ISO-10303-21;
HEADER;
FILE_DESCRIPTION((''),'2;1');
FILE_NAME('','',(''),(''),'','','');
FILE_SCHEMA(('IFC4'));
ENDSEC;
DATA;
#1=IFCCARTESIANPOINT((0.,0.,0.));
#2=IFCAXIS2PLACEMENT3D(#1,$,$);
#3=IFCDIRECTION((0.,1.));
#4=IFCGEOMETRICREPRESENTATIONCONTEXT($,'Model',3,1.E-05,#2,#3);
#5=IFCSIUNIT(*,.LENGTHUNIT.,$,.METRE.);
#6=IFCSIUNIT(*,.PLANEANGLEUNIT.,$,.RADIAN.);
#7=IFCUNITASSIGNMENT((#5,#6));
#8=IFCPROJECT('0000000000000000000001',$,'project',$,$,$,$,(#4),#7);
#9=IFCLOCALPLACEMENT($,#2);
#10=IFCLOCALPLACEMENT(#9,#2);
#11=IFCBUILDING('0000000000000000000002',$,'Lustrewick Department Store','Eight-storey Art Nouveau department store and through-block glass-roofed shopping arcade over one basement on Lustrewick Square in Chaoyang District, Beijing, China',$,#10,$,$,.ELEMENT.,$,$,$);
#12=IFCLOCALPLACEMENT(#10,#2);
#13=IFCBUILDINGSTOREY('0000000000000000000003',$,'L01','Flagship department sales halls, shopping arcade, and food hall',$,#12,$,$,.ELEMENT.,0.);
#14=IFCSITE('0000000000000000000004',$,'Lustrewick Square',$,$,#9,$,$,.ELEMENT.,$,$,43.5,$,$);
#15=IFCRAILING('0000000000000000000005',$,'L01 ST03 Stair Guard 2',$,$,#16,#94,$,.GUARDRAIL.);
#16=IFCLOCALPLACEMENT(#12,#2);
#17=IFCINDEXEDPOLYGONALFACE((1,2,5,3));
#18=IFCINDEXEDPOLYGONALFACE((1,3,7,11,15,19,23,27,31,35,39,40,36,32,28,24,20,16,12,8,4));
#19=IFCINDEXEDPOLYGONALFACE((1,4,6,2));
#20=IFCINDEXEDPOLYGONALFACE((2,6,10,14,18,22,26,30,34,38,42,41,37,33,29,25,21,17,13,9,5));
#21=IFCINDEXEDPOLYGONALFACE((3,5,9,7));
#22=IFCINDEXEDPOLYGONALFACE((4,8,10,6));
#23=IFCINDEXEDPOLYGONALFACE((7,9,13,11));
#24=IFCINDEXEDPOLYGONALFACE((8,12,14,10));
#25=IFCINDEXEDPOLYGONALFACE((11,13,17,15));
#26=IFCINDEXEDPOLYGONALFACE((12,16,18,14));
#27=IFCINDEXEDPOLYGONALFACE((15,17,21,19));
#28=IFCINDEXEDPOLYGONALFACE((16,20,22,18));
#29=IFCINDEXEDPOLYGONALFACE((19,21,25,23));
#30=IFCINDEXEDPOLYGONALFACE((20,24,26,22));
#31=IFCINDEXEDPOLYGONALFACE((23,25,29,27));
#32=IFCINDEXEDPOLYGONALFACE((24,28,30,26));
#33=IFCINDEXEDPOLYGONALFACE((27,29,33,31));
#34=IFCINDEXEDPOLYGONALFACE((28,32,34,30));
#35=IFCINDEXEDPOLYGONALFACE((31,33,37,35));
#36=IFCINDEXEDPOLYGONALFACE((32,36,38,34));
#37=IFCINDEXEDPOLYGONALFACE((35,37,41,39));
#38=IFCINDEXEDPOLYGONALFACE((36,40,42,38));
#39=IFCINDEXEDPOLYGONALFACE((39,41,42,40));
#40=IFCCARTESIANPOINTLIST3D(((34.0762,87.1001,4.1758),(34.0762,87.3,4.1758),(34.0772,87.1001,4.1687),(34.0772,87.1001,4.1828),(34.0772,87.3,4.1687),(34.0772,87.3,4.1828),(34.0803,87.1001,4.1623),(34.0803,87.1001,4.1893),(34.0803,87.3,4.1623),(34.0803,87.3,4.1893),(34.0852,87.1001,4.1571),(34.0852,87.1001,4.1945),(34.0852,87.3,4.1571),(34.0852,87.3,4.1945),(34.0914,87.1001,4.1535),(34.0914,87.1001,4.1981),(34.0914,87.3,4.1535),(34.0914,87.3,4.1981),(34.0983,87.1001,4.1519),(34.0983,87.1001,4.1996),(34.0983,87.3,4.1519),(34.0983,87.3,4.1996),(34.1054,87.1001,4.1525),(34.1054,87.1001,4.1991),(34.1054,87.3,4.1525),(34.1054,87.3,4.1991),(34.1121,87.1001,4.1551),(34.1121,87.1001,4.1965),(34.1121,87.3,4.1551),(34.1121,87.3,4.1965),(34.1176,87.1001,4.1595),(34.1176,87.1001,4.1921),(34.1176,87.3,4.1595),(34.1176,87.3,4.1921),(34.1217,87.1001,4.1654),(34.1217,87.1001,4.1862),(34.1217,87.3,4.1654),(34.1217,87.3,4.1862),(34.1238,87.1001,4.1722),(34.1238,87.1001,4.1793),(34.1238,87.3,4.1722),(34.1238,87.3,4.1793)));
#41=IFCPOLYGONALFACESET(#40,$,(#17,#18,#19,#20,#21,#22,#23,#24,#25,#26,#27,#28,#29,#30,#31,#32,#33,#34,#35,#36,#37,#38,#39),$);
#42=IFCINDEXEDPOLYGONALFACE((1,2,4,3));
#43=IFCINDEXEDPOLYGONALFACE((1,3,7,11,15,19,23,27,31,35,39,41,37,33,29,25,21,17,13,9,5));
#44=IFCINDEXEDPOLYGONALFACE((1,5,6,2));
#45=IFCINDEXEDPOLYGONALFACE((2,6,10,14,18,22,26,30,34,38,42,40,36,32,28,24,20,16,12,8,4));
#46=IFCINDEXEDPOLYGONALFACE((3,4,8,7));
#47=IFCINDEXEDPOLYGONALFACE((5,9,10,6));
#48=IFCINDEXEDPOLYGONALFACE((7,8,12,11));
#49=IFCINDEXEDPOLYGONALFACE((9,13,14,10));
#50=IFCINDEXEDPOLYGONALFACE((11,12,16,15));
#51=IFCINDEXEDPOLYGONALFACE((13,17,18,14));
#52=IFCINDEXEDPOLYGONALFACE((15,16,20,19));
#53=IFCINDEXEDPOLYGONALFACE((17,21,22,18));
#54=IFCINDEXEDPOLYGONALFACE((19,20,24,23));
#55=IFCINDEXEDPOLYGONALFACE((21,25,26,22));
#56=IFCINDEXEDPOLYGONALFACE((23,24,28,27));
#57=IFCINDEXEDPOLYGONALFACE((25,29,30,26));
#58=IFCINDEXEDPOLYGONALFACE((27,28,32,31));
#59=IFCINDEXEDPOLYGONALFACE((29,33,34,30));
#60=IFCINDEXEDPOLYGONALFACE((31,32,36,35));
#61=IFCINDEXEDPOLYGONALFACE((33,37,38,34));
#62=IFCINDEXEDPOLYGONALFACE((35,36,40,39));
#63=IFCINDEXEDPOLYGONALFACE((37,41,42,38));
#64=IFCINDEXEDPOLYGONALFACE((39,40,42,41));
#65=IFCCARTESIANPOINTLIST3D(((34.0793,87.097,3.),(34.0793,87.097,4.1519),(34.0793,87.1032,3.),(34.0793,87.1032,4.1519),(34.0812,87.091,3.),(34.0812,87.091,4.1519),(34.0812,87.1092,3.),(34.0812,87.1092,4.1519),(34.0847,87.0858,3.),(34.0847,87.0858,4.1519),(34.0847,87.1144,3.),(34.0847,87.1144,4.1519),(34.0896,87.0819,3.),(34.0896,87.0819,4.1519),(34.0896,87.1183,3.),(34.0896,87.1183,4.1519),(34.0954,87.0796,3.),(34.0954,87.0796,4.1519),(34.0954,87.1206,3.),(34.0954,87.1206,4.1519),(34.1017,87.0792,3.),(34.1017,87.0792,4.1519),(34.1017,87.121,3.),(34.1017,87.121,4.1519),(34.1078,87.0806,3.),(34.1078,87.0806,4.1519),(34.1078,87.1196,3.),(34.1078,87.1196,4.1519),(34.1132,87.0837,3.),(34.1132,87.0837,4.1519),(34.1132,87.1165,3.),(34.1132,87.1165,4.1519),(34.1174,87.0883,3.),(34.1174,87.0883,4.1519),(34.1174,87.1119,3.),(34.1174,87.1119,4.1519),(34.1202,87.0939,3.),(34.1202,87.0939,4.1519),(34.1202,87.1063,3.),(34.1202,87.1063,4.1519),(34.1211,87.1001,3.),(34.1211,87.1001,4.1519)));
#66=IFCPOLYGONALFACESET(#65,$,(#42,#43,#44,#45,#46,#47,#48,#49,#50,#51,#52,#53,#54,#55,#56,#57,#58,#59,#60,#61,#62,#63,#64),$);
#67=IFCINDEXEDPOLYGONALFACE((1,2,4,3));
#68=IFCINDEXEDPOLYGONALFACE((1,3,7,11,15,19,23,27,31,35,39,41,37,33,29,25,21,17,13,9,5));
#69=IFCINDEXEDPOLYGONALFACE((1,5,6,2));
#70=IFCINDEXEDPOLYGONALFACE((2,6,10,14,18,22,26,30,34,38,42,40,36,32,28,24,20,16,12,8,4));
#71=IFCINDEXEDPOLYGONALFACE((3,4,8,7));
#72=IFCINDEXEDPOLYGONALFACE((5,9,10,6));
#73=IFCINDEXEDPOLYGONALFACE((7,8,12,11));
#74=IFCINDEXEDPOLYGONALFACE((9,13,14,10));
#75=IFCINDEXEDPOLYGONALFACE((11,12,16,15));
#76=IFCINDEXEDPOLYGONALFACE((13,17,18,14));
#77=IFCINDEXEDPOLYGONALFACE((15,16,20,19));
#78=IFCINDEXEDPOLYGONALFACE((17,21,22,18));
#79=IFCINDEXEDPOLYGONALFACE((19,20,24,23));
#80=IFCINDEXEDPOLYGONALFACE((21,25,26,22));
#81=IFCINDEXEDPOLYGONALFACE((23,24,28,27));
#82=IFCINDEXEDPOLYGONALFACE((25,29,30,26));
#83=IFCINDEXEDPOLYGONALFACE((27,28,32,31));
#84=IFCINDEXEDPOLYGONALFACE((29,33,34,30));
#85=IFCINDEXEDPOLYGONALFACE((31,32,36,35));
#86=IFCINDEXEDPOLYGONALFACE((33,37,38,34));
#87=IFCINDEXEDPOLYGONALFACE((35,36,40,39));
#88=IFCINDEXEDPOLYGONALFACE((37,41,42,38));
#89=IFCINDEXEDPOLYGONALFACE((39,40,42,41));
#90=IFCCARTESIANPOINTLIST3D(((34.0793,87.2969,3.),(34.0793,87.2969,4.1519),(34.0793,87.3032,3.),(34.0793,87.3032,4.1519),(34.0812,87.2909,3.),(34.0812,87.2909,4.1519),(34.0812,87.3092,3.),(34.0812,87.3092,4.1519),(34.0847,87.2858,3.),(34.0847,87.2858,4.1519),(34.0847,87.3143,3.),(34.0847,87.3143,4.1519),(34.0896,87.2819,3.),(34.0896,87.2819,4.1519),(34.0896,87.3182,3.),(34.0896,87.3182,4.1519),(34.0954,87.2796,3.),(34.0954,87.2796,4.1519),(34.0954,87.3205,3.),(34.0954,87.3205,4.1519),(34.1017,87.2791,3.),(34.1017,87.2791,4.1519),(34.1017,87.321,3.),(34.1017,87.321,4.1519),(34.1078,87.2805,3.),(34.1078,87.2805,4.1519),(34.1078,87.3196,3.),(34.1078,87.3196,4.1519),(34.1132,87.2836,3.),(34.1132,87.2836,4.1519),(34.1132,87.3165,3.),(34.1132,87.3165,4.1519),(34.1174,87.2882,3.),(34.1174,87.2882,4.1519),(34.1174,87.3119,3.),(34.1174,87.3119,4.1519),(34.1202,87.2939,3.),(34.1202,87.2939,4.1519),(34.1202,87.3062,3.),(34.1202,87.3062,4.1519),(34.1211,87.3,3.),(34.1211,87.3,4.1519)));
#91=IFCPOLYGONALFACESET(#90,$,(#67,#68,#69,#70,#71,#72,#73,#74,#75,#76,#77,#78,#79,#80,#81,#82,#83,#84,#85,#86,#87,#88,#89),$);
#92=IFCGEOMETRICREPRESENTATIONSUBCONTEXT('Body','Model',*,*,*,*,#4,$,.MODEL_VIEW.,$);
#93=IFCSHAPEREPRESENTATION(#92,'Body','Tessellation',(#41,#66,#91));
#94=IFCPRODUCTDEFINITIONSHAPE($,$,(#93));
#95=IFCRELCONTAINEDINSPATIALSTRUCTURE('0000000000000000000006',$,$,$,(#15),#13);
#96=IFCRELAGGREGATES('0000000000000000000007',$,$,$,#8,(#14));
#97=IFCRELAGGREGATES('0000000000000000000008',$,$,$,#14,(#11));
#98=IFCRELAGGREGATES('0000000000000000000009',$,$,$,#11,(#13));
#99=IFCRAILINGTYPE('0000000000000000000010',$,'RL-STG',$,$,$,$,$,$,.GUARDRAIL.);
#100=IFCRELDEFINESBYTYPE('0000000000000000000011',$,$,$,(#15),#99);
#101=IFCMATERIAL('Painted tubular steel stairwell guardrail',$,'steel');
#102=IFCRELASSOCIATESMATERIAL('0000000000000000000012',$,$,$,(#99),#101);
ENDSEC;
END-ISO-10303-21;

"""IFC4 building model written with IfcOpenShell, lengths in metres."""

from ifc_helpers import new_model, si_unit, direction, frame, origin, origin_2d, place, context, subcontext, project, spatial, circle, extrude, material, type_object, element, save


model = new_model("IFC4")

# Units and contexts
model_context = context("Model", 3, precision=1e-05, world=origin(), true_north=direction((0.0, 1.0)))
body_context = subcontext(model_context, "Body", "Model", "MODEL_VIEW")
ifc_project = project(units=[si_unit("LENGTHUNIT", "METRE"), si_unit("PLANEANGLEUNIT", "RADIAN")], contexts=[model_context])

# Site, building, storey
site_placement = place(None, origin())
site = spatial("IfcSite", under=ifc_project, at=site_placement, Name="Lustrewick Square", CompositionType="ELEMENT", RefElevation=43.5)
building_placement = place(site_placement, origin())
building = spatial("IfcBuilding", under=site, at=building_placement, Name="Lustrewick Department Store", Description="Eight-storey Art Nouveau department store and through-block glass-roofed shopping arcade over one basement on Lustrewick Square in Chaoyang District, Beijing, China", CompositionType="ELEMENT")
storey_placement = place(building_placement, origin())
storey = spatial("IfcBuildingStorey", under=building, at=storey_placement, Name="L01", Description="Flagship department sales halls, shopping arcade, and food hall", CompositionType="ELEMENT", Elevation=0.0)

# Railing
ifc_material_1 = material(Name="Painted tubular steel stairwell guardrail", Category="steel")
railing_type_1 = type_object("IfcRailingType", Name="RL-STG", PredefinedType="GUARDRAIL", material=ifc_material_1)
railing_1_placement = place(storey_placement, frame((34.1001, 87.1001, 3.0)))
element("IfcRailing", 1, at=railing_1_placement, inside=storey, type_object=railing_type_1, Name="L01 ST03 Stair Guard 2", PredefinedType="GUARDRAIL", context=body_context, shape_type="SweptSolid", body=[
    extrude(circle(Radius=0.0239, at=origin_2d()), frame((0.0, 0.0, 1.1758), z_axis=(0.0, 1.0, 0.0), x_axis=(-1.0, 0.0, 0.0)), (0.0, 0.0, 1.0), 0.2),
    extrude(circle(Radius=0.021, at=origin_2d()), origin(), (0.0, 0.0, 1.0), 1.1519),
    extrude(circle(Radius=0.021, at=origin_2d()), frame((0.0, 0.2, 0.0)), (0.0, 0.0, 1.0), 1.1519),
])

save(model, "model.ifc")
